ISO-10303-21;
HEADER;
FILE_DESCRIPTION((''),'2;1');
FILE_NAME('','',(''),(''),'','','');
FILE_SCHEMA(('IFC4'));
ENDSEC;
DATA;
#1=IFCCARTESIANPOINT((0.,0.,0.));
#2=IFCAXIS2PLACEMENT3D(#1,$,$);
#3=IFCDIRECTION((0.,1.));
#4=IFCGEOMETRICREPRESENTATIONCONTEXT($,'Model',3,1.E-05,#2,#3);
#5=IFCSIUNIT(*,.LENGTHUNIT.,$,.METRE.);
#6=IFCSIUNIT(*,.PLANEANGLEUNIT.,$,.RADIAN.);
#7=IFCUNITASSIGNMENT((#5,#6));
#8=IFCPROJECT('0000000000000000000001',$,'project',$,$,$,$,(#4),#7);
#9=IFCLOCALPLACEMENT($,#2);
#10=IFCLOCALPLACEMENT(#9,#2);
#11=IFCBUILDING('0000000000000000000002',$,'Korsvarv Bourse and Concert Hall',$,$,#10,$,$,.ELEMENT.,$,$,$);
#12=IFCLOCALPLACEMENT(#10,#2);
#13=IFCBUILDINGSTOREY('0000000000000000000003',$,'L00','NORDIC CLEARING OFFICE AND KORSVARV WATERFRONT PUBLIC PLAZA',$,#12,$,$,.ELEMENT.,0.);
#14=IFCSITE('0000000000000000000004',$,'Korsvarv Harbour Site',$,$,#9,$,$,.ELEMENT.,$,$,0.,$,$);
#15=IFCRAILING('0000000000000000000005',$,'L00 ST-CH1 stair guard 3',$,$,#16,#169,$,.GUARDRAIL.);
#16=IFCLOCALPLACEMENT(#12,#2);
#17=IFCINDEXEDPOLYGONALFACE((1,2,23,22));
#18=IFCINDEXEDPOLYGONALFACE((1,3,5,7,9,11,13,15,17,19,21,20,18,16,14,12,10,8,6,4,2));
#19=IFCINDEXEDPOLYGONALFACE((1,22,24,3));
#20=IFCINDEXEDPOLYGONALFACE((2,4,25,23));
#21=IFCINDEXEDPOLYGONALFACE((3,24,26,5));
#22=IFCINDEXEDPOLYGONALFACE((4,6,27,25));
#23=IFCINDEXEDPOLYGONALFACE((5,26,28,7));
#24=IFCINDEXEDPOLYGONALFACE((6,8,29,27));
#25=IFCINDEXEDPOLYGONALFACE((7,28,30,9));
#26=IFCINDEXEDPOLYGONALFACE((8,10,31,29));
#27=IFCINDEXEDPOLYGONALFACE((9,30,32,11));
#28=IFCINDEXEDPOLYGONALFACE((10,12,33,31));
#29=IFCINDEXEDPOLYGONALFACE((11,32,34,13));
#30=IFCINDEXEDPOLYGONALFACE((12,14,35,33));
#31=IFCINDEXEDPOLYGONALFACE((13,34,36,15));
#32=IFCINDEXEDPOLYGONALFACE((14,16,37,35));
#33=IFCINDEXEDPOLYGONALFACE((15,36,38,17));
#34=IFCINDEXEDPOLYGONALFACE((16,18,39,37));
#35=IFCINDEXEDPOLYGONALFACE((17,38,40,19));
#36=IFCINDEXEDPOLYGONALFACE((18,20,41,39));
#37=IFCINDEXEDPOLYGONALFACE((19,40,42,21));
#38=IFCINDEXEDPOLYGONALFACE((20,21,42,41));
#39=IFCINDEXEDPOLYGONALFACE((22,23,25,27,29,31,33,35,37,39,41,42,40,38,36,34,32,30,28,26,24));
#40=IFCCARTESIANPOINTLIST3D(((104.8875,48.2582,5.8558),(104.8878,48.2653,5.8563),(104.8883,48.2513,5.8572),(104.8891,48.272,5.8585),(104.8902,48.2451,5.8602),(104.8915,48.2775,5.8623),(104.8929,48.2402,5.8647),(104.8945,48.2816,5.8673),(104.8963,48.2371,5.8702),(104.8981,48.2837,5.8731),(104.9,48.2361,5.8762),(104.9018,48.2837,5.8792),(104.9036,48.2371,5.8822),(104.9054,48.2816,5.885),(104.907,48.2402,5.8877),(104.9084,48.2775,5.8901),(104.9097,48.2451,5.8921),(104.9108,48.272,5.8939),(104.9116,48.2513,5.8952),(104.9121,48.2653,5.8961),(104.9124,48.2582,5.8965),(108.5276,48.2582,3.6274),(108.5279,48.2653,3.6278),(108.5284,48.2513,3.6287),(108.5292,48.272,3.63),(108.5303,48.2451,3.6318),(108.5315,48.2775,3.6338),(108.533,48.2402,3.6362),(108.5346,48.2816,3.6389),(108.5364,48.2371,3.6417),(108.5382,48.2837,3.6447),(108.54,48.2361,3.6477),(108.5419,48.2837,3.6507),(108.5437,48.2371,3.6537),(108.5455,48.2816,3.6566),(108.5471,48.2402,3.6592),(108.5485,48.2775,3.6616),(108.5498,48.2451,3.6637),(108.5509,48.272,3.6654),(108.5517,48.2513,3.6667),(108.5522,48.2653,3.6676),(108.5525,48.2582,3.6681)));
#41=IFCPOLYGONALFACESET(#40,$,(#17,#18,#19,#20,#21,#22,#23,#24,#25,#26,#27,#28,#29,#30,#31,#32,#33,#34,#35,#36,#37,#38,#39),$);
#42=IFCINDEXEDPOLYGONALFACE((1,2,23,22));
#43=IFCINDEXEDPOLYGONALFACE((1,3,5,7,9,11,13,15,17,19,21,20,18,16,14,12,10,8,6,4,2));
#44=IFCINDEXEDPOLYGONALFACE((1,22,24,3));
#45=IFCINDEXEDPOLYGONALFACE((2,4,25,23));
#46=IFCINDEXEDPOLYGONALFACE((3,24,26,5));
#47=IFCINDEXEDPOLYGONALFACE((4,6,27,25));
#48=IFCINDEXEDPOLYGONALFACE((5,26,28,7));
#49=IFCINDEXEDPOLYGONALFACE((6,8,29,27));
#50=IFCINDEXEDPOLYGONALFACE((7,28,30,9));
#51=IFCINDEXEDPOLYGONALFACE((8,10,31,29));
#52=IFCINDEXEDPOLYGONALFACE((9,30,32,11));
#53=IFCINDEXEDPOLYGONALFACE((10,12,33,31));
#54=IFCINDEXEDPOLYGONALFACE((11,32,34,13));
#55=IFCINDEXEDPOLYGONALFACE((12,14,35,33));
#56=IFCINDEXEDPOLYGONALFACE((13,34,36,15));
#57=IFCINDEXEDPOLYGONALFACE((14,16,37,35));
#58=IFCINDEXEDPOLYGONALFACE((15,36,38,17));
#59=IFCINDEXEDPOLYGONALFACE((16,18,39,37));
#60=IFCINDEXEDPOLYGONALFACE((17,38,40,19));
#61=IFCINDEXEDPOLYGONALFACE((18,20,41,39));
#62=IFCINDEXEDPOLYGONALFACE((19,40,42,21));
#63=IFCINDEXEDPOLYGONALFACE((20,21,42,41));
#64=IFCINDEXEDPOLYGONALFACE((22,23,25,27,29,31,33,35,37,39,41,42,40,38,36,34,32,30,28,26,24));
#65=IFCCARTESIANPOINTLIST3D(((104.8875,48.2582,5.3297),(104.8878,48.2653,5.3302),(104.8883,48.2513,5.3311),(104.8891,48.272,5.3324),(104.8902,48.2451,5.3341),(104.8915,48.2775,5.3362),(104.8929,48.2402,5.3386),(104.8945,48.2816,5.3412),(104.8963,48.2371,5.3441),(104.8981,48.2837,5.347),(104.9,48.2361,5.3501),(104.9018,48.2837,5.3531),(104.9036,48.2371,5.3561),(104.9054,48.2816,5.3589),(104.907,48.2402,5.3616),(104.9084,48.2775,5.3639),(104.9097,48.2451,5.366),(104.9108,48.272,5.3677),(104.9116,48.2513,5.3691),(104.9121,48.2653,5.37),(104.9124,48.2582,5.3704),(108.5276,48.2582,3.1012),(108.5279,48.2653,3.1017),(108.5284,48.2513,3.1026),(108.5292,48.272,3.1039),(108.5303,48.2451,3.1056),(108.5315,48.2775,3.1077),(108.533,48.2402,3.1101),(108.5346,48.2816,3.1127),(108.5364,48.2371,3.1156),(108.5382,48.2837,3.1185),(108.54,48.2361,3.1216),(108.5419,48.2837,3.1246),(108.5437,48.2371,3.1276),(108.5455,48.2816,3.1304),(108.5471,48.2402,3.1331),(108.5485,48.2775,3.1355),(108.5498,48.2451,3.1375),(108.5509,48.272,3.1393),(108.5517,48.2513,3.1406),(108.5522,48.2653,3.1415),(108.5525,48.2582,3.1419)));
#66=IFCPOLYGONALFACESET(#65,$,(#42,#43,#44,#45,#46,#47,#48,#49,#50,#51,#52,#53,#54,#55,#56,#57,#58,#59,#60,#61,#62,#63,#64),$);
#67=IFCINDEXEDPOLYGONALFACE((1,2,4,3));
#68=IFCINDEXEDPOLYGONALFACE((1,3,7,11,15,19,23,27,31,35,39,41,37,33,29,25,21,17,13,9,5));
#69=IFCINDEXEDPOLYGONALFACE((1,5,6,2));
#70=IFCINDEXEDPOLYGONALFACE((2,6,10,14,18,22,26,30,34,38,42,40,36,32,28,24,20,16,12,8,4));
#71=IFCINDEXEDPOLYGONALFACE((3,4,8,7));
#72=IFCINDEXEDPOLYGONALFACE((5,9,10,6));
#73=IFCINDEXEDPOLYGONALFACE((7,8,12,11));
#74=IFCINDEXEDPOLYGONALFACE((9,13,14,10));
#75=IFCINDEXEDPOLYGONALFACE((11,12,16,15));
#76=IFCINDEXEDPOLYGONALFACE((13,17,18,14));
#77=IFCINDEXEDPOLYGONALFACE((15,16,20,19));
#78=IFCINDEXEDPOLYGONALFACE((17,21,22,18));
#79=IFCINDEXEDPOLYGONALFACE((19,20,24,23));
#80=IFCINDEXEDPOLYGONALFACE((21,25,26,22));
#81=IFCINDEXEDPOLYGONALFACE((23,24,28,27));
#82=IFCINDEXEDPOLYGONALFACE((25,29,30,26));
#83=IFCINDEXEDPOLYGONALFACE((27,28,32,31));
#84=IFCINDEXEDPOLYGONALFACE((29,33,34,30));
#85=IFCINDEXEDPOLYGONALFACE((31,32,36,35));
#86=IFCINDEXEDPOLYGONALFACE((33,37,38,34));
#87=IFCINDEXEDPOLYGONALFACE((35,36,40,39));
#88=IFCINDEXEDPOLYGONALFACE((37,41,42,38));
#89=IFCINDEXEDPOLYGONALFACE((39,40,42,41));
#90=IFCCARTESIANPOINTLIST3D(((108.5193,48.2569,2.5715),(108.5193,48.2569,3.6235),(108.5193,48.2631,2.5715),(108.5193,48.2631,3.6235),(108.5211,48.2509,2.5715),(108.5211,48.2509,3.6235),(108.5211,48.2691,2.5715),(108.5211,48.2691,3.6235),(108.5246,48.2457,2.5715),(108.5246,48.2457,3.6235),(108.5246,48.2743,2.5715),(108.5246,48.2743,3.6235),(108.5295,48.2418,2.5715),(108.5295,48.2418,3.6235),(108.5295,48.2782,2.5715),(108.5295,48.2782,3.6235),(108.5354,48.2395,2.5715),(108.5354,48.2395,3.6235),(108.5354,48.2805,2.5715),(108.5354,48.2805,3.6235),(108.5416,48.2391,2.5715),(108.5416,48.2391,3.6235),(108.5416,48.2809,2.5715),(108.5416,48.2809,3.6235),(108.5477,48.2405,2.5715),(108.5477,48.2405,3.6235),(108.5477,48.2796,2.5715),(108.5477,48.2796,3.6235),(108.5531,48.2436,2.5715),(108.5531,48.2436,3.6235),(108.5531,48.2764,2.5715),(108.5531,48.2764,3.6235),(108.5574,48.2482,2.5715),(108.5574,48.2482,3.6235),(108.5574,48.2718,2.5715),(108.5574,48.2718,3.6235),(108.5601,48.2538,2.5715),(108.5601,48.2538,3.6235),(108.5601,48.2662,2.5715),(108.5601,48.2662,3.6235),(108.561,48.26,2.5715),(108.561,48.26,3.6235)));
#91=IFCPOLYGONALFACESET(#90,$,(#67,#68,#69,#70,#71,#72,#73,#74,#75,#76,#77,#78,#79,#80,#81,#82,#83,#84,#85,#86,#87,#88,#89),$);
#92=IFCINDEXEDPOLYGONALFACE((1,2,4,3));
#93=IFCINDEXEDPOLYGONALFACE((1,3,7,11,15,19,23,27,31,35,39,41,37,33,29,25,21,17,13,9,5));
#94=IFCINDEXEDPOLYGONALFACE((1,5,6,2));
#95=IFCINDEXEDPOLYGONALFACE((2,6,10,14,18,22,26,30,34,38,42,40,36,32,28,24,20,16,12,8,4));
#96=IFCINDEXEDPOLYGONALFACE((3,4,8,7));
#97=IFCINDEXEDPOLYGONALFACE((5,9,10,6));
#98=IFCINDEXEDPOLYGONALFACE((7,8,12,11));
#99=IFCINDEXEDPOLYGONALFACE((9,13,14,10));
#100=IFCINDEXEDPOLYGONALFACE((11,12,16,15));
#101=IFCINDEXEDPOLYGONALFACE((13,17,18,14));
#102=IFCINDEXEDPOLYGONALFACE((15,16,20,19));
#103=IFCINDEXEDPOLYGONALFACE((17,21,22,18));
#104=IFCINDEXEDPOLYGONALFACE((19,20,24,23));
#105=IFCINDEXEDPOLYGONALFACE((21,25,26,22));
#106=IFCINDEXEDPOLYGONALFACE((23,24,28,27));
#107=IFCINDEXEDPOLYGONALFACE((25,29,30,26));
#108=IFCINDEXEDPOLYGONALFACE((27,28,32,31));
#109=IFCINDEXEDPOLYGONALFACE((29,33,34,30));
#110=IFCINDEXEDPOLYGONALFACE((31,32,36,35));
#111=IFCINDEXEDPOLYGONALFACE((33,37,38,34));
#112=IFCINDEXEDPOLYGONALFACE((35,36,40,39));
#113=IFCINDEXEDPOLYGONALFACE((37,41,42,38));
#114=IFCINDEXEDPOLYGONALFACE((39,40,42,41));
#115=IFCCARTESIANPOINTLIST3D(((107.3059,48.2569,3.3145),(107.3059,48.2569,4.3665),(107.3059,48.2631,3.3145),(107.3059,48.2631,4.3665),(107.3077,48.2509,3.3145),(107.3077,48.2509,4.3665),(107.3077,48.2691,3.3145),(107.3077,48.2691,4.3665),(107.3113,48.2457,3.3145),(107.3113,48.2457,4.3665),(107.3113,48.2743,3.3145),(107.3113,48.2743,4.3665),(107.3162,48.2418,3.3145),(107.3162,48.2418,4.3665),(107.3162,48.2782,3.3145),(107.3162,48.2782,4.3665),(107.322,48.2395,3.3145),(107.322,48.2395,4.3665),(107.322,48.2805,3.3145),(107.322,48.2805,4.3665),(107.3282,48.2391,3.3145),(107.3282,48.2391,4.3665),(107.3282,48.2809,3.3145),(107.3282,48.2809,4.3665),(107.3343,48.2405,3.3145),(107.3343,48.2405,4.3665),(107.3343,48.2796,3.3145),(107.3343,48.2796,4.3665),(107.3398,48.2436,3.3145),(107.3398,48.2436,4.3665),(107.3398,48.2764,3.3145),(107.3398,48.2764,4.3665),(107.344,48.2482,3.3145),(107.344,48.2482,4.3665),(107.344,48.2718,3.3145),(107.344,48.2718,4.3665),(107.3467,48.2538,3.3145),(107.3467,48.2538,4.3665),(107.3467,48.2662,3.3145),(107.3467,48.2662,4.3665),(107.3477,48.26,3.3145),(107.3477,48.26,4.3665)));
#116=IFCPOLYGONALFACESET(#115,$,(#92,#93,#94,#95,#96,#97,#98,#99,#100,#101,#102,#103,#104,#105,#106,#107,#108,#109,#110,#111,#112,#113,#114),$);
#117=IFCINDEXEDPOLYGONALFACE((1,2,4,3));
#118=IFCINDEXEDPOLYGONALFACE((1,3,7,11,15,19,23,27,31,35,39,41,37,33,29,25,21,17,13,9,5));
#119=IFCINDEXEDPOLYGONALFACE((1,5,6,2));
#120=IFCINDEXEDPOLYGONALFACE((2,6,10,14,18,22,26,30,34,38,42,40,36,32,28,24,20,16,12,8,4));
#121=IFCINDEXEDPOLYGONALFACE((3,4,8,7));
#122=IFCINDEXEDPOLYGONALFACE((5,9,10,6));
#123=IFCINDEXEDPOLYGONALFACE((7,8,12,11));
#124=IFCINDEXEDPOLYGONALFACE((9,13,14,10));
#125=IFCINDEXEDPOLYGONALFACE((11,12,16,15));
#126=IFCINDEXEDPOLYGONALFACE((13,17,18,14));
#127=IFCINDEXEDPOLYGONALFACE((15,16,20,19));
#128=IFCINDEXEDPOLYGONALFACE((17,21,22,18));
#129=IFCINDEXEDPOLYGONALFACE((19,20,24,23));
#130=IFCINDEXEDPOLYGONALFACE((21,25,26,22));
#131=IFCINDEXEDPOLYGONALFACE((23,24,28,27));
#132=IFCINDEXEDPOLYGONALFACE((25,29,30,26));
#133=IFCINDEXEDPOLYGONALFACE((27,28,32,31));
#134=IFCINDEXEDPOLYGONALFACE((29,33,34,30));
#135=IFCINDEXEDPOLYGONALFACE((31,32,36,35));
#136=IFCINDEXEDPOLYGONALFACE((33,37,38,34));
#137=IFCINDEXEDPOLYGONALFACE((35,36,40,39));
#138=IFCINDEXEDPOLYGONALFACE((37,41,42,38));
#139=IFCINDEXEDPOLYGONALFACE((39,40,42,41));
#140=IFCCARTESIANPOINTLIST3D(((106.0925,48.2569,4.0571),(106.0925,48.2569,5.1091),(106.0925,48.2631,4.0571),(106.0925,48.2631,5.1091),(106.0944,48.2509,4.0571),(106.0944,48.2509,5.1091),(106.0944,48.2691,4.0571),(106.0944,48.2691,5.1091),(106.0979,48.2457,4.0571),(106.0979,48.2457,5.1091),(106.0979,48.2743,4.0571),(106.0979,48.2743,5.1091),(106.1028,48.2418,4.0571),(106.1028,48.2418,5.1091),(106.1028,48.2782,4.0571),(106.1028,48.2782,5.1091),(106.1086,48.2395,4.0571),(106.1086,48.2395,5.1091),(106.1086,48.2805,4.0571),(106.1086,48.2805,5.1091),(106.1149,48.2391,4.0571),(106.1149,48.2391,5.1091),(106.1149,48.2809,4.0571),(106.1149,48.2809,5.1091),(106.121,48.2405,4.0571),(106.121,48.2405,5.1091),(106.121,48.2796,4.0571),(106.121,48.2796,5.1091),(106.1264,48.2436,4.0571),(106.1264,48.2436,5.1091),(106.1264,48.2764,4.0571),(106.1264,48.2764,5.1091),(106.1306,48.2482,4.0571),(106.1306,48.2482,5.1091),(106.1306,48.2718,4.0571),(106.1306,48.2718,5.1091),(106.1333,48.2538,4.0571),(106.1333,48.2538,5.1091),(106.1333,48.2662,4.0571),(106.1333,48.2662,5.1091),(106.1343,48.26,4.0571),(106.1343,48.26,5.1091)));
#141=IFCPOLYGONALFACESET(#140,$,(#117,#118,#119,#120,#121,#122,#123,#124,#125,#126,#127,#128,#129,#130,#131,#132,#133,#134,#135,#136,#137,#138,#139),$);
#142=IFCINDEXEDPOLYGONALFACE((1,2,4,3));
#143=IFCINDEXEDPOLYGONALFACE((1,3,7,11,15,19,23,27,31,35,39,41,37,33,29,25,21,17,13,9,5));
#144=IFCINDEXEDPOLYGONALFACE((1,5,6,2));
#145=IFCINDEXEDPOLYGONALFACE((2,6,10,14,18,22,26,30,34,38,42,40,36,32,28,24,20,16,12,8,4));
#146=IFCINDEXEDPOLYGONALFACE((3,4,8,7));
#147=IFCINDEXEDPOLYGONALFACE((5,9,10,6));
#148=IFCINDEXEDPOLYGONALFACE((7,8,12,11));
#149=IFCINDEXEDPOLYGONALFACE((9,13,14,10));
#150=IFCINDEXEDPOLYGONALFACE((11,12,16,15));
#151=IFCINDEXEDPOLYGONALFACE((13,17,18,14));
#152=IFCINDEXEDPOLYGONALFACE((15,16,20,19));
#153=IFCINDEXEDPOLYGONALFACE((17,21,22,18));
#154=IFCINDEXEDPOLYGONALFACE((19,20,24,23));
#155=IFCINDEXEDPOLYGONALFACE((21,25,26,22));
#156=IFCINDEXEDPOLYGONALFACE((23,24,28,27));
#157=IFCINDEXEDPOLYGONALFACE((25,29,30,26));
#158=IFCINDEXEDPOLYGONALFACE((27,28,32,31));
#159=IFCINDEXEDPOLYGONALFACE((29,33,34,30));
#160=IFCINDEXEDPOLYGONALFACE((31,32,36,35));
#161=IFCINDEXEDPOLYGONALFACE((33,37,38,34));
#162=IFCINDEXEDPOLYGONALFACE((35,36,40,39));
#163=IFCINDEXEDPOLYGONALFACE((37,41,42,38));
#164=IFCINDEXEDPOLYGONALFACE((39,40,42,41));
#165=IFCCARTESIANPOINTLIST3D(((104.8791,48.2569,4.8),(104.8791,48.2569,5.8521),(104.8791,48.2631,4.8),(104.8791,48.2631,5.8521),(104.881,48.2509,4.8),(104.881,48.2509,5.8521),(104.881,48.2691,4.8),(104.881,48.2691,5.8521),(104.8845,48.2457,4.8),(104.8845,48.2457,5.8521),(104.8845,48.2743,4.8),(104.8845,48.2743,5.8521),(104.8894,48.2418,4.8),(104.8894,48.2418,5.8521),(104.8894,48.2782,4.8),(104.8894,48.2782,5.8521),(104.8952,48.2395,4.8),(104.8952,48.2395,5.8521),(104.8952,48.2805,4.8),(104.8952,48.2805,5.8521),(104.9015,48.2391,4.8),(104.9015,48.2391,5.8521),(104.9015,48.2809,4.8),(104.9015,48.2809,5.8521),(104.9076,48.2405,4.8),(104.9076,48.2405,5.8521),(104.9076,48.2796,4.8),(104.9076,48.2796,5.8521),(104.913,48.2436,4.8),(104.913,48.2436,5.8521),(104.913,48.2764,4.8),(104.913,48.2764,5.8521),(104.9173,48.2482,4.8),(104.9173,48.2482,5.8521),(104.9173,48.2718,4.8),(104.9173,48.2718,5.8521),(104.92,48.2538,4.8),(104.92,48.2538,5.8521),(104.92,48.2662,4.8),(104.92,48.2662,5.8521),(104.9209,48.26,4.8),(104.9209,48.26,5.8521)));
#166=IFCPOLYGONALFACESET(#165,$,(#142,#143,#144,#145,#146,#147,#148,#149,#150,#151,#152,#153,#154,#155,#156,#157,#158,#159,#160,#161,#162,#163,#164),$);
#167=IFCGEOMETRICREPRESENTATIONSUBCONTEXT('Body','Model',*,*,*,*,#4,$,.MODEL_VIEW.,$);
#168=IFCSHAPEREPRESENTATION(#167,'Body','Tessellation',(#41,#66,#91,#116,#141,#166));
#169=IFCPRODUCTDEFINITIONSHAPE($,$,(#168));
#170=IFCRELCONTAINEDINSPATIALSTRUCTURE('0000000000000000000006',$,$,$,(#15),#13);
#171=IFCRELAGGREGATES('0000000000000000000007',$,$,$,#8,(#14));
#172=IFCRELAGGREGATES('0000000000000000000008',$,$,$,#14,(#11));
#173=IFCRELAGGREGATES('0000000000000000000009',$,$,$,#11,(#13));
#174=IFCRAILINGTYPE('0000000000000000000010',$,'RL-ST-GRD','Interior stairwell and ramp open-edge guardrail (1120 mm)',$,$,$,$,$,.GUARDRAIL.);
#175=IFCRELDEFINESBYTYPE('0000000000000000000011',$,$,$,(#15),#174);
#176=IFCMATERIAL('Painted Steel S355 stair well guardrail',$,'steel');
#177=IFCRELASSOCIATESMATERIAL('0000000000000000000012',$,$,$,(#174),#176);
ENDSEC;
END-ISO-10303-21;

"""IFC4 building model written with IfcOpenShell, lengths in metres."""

from ifc_helpers import new_model, si_unit, direction, frame, origin, origin_2d, place, context, subcontext, project, spatial, circle, extrude, material, type_object, element, save


model = new_model("IFC4")

# Units and contexts
model_context = context("Model", 3, precision=1e-05, world=origin(), true_north=direction((0.0, 1.0)))
body_context = subcontext(model_context, "Body", "Model", "MODEL_VIEW")
ifc_project = project(units=[si_unit("LENGTHUNIT", "METRE"), si_unit("PLANEANGLEUNIT", "RADIAN")], contexts=[model_context])

# Site, building, storey
site_placement = place(None, origin())
site = spatial("IfcSite", under=ifc_project, at=site_placement, Name="Korsvarv Harbour Site", CompositionType="ELEMENT", RefElevation=0.0)
building_placement = place(site_placement, origin())
building = spatial("IfcBuilding", under=site, at=building_placement, Name="Korsvarv Bourse and Concert Hall", CompositionType="ELEMENT")
storey_placement = place(building_placement, origin())
storey = spatial("IfcBuildingStorey", under=building, at=storey_placement, Name="L00", Description="NORDIC CLEARING OFFICE AND KORSVARV WATERFRONT PUBLIC PLAZA", CompositionType="ELEMENT", Elevation=0.0)

# Railing
ifc_material_1 = material(Name="Painted Steel S355 stair well guardrail", Category="steel")
railing_type_1 = type_object("IfcRailingType", Name="RL-ST-GRD", Description="Interior stairwell and ramp open-edge guardrail (1120 mm)", PredefinedType="GUARDRAIL", material=ifc_material_1)
railing_1_placement = place(storey_placement, frame((108.54, 48.26, 2.5715)))
element("IfcRailing", 1, at=railing_1_placement, inside=storey, type_object=railing_type_1, Name="L00 ST-CH1 stair guard 3", PredefinedType="GUARDRAIL", context=body_context, shape_type="SweptSolid", body=[
    extrude(circle(Radius=0.0239, at=origin_2d()), frame((0.0, 0.0, 1.0762), z_axis=(-0.852866, 0.0, 0.52213), x_axis=(0.0, -1.0, 0.0)), (0.0, 0.0, 1.0), 4.2681),
    extrude(circle(Radius=0.0239, at=origin_2d()), frame((0.0, 0.0, 0.55), z_axis=(-0.852866, 0.0, 0.52213), x_axis=(0.0, -1.0, 0.0)), (0.0, 0.0, 1.0), 4.2681),
    extrude(circle(Radius=0.021, at=origin_2d()), origin(), (0.0, 0.0, 1.0), 1.052),
    extrude(circle(Radius=0.021, at=origin_2d()), frame((-1.2134, 0.0, 0.7429)), (0.0, 0.0, 1.0), 1.052),
    extrude(circle(Radius=0.021, at=origin_2d()), frame((-2.4268, 0.0, 1.4856)), (0.0, 0.0, 1.0), 1.052),
    extrude(circle(Radius=0.021, at=origin_2d()), frame((-3.6401, 0.0, 2.2285)), (0.0, 0.0, 1.0), 1.052),
])

save(model, "model.ifc")
